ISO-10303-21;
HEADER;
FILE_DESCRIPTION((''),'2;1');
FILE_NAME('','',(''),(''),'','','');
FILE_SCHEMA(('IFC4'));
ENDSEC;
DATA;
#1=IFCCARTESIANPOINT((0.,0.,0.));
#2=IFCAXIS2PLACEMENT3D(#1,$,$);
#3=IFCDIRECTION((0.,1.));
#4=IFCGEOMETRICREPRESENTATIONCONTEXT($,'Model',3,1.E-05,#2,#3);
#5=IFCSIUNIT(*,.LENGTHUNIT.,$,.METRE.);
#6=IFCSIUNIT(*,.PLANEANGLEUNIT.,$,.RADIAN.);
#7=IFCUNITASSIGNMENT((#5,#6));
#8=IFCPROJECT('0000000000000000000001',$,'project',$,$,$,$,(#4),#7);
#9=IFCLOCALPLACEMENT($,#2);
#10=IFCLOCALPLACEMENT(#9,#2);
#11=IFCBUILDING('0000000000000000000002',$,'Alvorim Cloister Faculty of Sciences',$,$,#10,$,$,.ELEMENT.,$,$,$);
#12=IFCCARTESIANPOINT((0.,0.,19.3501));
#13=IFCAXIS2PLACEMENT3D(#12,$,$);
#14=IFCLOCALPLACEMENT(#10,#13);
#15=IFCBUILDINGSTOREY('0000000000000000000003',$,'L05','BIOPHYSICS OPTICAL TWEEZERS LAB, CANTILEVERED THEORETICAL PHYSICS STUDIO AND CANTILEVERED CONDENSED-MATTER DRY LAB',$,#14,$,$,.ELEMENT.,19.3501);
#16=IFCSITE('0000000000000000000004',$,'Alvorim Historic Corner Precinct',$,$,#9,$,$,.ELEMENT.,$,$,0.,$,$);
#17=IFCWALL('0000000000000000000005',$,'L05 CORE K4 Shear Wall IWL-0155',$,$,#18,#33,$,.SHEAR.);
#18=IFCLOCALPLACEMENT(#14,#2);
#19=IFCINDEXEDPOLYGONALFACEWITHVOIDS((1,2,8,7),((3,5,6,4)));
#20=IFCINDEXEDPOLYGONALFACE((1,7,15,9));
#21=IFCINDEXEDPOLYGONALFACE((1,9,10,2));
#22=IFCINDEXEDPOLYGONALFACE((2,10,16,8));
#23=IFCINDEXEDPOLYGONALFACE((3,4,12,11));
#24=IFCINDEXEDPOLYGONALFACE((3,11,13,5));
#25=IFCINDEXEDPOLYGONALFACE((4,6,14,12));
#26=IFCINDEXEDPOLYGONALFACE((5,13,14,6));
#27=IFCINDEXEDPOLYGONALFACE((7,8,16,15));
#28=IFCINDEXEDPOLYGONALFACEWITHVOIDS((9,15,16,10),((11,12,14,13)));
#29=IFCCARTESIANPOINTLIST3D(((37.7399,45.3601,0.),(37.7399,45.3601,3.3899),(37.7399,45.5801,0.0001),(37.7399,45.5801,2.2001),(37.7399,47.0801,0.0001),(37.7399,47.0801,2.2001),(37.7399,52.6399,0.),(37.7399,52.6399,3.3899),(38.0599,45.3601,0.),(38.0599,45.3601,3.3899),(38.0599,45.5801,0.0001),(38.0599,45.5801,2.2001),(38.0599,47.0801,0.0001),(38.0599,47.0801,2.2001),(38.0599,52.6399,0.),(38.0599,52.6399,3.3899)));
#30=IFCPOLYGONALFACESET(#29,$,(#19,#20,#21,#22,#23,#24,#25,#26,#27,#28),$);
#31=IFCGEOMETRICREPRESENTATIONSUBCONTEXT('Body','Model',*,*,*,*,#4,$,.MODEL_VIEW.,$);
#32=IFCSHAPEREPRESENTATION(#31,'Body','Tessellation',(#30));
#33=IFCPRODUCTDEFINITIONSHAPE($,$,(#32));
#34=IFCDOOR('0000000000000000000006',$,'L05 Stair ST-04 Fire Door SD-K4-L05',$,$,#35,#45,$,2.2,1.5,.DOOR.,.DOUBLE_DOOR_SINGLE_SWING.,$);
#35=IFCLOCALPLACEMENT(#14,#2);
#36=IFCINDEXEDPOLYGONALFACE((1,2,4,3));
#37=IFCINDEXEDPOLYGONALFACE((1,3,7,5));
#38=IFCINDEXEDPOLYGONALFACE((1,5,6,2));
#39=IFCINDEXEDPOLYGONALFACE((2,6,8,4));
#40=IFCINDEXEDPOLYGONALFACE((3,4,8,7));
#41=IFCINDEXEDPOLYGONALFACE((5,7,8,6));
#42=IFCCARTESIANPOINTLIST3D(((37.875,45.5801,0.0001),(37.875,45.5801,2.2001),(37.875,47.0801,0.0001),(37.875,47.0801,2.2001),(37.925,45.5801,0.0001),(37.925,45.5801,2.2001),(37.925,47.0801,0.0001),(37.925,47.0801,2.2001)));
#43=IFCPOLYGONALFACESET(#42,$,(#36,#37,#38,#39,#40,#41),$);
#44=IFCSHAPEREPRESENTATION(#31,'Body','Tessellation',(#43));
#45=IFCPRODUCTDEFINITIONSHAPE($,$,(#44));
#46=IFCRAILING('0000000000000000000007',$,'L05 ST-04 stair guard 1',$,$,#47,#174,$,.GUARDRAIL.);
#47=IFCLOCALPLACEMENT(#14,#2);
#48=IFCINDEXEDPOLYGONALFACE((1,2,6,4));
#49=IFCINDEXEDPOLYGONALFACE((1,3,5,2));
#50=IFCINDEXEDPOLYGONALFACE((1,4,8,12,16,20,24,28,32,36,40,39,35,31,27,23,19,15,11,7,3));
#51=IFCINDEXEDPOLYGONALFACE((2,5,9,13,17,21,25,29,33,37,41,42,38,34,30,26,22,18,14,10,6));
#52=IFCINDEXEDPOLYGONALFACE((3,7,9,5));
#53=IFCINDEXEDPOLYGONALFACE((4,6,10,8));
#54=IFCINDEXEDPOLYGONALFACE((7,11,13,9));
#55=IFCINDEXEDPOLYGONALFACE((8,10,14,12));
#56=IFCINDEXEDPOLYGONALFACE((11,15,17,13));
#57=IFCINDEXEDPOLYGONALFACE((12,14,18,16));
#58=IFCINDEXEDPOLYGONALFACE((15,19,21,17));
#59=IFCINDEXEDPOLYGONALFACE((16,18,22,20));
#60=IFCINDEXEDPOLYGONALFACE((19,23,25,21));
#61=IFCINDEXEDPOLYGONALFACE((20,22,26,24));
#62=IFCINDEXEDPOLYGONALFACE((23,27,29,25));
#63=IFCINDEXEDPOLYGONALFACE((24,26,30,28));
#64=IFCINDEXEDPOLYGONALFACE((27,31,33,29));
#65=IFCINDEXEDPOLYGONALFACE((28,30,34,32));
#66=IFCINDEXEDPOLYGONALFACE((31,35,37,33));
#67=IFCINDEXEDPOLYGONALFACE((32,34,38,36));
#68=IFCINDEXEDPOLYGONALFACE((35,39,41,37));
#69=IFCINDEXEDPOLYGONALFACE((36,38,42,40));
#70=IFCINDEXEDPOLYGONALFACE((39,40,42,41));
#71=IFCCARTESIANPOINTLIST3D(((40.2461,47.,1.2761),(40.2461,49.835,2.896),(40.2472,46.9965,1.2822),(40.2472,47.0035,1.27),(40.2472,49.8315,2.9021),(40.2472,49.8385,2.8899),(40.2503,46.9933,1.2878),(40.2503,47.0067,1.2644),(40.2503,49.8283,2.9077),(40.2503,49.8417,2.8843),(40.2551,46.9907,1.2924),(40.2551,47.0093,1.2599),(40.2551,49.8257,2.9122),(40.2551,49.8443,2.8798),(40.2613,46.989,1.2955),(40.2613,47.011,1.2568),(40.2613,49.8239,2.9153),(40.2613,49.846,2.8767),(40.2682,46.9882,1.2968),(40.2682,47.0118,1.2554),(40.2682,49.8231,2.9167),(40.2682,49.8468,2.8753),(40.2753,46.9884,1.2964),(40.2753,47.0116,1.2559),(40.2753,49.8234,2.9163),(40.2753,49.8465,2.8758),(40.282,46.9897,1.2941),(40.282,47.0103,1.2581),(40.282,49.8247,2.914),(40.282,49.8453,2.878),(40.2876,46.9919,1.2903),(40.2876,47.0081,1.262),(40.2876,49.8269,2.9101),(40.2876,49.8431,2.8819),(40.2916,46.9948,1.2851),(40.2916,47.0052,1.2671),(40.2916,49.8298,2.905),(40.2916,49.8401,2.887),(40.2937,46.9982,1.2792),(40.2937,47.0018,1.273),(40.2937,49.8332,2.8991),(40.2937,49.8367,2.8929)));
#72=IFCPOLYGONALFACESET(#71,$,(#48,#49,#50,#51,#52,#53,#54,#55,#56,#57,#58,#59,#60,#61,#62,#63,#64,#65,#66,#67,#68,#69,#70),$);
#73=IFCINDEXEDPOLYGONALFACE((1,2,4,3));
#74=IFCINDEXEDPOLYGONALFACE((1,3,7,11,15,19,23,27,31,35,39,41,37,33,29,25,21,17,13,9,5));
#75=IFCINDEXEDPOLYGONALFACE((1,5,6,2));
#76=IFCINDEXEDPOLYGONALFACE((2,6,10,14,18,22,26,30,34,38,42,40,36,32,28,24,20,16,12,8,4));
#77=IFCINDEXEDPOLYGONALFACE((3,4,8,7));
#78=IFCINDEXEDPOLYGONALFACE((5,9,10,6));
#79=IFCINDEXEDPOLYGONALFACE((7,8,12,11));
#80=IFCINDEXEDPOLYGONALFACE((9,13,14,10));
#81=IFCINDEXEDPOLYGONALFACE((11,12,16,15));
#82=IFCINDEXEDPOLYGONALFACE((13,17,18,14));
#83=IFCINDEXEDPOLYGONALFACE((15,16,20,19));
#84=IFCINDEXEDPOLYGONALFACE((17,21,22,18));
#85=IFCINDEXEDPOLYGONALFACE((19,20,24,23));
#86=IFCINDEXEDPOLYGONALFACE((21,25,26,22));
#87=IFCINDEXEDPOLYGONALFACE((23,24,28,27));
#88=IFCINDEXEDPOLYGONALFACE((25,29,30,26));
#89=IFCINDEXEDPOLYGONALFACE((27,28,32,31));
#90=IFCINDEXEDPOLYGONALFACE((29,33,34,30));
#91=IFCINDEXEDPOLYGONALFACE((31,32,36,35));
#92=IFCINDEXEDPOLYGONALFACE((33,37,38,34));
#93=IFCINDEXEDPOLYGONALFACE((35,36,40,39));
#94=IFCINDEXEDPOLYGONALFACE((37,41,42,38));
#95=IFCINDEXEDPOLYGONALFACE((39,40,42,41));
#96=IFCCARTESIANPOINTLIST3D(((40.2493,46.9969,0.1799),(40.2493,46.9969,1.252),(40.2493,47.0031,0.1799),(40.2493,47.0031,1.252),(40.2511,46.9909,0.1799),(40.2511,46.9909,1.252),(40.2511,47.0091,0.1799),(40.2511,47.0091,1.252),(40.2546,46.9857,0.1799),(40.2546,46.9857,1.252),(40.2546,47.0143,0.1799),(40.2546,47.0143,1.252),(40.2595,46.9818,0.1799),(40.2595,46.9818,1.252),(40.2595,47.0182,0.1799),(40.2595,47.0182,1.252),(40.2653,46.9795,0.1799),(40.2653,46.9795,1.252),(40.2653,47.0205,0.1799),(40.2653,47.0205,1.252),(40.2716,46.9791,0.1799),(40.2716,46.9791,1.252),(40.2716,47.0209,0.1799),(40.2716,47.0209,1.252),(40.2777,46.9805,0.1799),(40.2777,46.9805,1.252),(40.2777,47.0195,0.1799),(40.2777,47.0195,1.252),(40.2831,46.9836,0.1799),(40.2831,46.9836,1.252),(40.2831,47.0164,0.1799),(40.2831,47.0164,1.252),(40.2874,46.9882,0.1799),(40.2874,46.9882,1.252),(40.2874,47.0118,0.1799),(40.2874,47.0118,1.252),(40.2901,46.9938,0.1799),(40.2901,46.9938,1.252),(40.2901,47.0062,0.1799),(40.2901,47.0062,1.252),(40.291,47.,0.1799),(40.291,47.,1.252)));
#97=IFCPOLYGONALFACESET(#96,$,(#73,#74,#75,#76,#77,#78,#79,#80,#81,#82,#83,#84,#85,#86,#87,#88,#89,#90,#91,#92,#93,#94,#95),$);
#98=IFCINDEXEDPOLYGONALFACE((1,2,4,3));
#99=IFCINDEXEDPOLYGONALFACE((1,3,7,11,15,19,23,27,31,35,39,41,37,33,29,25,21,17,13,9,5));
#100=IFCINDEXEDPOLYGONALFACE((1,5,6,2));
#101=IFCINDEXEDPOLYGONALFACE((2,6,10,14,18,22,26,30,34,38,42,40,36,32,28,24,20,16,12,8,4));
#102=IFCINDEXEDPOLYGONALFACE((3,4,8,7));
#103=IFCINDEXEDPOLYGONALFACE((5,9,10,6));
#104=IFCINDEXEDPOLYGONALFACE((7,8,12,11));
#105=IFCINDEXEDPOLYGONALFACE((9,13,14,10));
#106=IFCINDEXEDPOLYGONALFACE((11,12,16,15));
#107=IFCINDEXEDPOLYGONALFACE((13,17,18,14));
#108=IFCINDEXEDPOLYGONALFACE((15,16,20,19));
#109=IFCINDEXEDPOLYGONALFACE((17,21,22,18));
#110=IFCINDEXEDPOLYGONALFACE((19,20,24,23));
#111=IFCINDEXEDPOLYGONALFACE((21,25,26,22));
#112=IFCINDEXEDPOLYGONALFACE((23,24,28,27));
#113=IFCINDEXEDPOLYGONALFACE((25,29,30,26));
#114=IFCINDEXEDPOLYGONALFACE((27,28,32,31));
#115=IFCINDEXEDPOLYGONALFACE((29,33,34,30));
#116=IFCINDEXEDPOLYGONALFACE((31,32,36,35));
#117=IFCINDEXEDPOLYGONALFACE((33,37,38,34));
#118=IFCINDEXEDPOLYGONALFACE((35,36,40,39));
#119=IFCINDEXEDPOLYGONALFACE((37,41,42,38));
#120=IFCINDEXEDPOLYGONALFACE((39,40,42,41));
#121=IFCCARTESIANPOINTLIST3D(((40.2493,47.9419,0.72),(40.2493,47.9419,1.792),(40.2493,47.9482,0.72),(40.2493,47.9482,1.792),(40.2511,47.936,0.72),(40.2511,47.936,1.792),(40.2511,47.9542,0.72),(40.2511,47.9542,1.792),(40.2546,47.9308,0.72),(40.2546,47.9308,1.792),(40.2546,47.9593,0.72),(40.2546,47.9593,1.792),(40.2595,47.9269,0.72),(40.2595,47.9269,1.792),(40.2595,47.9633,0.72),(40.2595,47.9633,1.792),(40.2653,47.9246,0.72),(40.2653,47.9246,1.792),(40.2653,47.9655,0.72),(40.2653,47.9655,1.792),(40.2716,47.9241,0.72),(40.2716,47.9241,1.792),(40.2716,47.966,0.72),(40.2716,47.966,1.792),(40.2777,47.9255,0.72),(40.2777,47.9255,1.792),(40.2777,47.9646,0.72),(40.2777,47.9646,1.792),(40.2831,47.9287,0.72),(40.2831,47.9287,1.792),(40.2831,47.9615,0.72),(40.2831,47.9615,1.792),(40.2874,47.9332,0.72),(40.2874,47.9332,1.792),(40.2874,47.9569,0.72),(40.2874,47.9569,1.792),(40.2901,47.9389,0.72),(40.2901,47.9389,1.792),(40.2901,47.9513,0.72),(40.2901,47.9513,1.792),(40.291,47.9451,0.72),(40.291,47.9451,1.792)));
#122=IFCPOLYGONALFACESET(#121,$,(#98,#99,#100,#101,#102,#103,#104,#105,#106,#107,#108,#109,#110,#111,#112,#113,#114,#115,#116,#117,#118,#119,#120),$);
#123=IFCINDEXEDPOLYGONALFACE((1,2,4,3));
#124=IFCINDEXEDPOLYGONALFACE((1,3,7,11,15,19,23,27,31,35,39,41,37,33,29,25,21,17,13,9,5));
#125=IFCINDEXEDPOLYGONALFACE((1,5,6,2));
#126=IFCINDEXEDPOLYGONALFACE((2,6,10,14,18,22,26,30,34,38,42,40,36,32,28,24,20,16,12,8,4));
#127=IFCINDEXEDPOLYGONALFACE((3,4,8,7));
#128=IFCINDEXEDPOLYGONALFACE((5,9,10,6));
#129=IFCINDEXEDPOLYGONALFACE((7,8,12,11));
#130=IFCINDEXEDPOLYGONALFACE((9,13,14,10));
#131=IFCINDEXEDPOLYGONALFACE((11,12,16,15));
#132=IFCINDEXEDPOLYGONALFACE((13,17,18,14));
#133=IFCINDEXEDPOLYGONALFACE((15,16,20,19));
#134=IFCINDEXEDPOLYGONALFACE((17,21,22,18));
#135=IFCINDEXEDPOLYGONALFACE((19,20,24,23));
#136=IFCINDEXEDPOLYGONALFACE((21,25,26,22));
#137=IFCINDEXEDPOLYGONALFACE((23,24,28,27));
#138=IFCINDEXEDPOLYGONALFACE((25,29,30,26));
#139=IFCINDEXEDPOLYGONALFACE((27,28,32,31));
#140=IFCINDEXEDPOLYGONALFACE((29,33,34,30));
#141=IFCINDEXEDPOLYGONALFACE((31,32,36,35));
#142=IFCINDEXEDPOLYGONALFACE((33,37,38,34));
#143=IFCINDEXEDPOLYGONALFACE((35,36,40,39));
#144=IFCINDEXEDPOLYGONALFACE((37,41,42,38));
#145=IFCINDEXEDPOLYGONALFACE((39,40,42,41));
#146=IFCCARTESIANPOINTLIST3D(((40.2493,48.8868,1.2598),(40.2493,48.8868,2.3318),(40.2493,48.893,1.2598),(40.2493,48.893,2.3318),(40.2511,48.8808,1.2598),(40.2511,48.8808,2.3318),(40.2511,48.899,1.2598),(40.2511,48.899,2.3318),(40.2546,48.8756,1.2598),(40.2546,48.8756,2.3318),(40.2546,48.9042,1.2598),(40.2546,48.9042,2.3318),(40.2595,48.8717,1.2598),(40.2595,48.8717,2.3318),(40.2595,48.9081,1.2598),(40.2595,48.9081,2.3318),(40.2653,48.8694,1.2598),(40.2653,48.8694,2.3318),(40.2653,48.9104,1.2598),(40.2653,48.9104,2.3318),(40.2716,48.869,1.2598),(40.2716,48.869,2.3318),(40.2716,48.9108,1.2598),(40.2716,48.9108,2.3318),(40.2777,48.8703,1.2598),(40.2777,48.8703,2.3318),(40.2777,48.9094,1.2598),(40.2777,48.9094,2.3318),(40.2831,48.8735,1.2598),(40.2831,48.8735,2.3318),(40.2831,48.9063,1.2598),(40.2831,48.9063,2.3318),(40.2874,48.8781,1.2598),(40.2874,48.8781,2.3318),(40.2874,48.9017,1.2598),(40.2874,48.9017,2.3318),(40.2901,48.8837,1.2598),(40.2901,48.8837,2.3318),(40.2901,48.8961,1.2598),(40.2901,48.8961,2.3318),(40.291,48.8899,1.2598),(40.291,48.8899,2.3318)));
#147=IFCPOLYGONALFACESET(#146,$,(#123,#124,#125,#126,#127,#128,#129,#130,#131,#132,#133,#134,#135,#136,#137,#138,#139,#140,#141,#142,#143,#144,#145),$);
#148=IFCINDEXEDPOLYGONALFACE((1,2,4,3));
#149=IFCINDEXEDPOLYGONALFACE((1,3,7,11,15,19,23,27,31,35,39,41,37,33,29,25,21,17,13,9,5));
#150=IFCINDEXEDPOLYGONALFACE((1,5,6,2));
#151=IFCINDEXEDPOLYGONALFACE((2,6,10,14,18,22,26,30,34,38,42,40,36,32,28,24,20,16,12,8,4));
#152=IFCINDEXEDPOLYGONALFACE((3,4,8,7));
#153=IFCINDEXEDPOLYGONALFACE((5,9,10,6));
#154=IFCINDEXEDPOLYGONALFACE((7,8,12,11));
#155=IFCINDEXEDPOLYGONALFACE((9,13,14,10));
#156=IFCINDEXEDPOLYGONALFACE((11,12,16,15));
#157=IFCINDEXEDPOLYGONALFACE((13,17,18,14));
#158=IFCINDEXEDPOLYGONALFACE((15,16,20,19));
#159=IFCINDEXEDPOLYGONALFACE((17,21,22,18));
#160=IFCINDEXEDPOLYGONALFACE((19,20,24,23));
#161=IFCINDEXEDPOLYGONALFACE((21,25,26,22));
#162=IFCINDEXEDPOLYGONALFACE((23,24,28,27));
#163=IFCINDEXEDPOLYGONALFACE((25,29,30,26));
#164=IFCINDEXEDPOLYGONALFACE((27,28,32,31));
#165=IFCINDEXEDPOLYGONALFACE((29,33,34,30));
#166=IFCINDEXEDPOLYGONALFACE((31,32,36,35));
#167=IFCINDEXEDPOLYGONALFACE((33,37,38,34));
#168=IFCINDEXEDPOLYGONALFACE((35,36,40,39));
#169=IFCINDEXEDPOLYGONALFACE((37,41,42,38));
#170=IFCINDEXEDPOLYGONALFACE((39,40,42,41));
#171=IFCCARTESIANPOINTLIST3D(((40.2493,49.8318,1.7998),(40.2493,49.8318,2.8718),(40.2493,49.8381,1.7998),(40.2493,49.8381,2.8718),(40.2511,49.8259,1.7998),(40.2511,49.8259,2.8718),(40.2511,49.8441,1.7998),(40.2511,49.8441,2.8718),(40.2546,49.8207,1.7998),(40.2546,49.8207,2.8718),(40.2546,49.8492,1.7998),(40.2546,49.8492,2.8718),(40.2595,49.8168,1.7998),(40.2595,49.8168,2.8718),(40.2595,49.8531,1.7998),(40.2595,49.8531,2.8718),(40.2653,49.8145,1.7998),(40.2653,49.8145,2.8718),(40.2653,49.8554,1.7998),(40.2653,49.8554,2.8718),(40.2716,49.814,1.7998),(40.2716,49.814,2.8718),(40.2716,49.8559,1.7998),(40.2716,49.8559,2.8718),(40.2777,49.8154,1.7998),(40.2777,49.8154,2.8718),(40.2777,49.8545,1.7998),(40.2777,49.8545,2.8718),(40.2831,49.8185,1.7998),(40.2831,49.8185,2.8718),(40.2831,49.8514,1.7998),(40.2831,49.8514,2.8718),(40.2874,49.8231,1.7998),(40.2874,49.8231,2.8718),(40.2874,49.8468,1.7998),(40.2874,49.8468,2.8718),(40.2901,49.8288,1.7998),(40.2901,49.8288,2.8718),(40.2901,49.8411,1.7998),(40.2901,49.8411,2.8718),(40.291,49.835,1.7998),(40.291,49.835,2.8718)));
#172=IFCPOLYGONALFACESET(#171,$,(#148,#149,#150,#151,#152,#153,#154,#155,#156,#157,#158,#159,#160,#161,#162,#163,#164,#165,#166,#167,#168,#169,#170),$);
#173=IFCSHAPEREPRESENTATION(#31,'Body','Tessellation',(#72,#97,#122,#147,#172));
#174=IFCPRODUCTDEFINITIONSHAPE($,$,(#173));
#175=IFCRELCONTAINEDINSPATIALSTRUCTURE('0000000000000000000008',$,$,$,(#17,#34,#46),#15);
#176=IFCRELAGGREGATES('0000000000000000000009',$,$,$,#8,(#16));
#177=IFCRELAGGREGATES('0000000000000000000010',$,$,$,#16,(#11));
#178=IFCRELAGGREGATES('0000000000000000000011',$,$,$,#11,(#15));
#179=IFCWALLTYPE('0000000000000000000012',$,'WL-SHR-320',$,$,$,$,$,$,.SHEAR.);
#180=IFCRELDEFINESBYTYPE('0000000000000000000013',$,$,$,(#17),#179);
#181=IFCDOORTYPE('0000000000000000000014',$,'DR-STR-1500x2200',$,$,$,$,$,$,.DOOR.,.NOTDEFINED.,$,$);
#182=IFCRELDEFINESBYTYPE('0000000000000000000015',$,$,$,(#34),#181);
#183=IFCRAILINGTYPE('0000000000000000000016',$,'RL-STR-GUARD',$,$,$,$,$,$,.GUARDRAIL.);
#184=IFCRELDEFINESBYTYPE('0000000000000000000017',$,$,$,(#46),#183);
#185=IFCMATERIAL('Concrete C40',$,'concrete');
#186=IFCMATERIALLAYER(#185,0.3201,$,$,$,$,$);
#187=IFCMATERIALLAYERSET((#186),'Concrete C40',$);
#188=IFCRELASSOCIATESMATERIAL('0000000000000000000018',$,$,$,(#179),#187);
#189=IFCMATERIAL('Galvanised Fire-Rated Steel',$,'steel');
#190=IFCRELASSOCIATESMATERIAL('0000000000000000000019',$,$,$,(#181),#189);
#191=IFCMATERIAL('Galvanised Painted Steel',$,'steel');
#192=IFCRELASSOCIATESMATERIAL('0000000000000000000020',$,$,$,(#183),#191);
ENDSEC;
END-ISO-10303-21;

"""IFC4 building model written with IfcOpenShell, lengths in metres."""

from ifc_helpers import new_model, si_unit, direction, frame, frame_2d, origin, origin_2d, place, context, subcontext, project, spatial, rectangle, circle, extrude, material, layer, layer_set, type_object, element, fill, save


model = new_model("IFC4")

# Units and contexts
model_context = context("Model", 3, precision=1e-05, world=origin(), true_north=direction((0.0, 1.0)))
body_context = subcontext(model_context, "Body", "Model", "MODEL_VIEW")
ifc_project = project(units=[si_unit("LENGTHUNIT", "METRE"), si_unit("PLANEANGLEUNIT", "RADIAN")], contexts=[model_context])

# Site, building, storey
site_placement = place(None, origin())
site = spatial("IfcSite", under=ifc_project, at=site_placement, Name="Alvorim Historic Corner Precinct", CompositionType="ELEMENT", RefElevation=0.0)
building_placement = place(site_placement, origin())
building = spatial("IfcBuilding", under=site, at=building_placement, Name="Alvorim Cloister Faculty of Sciences", CompositionType="ELEMENT")
storey_placement = place(building_placement, frame((0.0, 0.0, 19.3501)))
storey = spatial("IfcBuildingStorey", under=building, at=storey_placement, Name="L05", Description="BIOPHYSICS OPTICAL TWEEZERS LAB, CANTILEVERED THEORETICAL PHYSICS STUDIO AND CANTILEVERED CONDENSED-MATTER DRY LAB", CompositionType="ELEMENT", Elevation=19.3501)

# Shared definitions
ifc_material_1 = material(Name="Concrete C40", Category="concrete")
ifc_layer_1 = layer(ifc_material_1, 0.3201)
ifc_layer_set_1 = layer_set([ifc_layer_1], Name="Concrete C40")
wall_type = type_object("IfcWallType", Name="WL-SHR-320", PredefinedType="SHEAR", material=ifc_layer_set_1)

# Wall, opening, door
wall_1_placement = place(storey_placement, frame((37.8999, 45.3601, 0.0), z_axis=(0.0, 0.0, 1.0), x_axis=(0.0, 1.0, 0.0)))
wall_1 = element("IfcWall", 1, at=wall_1_placement, inside=storey, type_object=wall_type, Name="L05 CORE K4 Shear Wall IWL-0155", PredefinedType="SHEAR", context=body_context, shape_type="SweptSolid", body=[
    extrude(rectangle(XDim=7.2798, YDim=0.3201, at=frame_2d((3.6399, 0.0))), origin(), (0.0, 0.0, 1.0), 3.3899),
])
opening_placement = place(wall_1_placement, frame((0.22, 0.0, 0.0)))
opening = element("IfcOpeningElement", 2, at=opening_placement, cuts=wall_1, PredefinedType="OPENING", context=body_context, shape_type="SweptSolid", body=[
    extrude(rectangle(XDim=1.5, YDim=2.2, at=frame_2d((0.75, 1.1001))), frame((0.0, 0.1719, 0.0), z_axis=(0.0, -1.0, 0.0), x_axis=(1.0, 0.0, 0.0)), (0.0, 0.0, 1.0), 0.344),
])
ifc_material_2 = material(Name="Galvanised Fire-Rated Steel", Category="steel")
door_type = type_object("IfcDoorType", Name="DR-STR-1500x2200", OperationType="NOTDEFINED", PredefinedType="DOOR", material=ifc_material_2)
door_placement = place(opening_placement, origin())
door = element("IfcDoor", 3, at=door_placement, inside=storey, type_object=door_type, Name="L05 Stair ST-04 Fire Door SD-K4-L05", OperationType="DOUBLE_DOOR_SINGLE_SWING", OverallHeight=2.2, OverallWidth=1.5, PredefinedType="DOOR", context=body_context, shape_type="SweptSolid", body=[
    extrude(rectangle(XDim=1.5, YDim=2.2, at=frame_2d((0.75, 1.1001))), frame((0.0, 0.0249, 0.0), z_axis=(0.0, -1.0, 0.0), x_axis=(1.0, 0.0, 0.0)), (0.0, 0.0, 1.0), 0.05),
])
fill(opening, door)

# Railing
ifc_material_3 = material(Name="Galvanised Painted Steel", Category="steel")
railing_type = type_object("IfcRailingType", Name="RL-STR-GUARD", PredefinedType="GUARDRAIL", material=ifc_material_3)
railing_1_placement = place(storey_placement, frame((40.27, 47.0, 0.1799)))
element("IfcRailing", 4, at=railing_1_placement, inside=storey, type_object=railing_type, Name="L05 ST-04 stair guard 1", PredefinedType="GUARDRAIL", context=body_context, shape_type="SweptSolid", body=[
    extrude(circle(Radius=0.0239, at=origin_2d()), frame((0.0, 0.0, 1.0962), z_axis=(0.0, 0.868257, 0.496115), x_axis=(-1.0, 0.0, 0.0)), (0.0, 0.0, 1.0), 3.2651),
    extrude(circle(Radius=0.021, at=origin_2d()), origin(), (0.0, 0.0, 1.0), 1.072),
    extrude(circle(Radius=0.021, at=origin_2d()), frame((0.0, 0.9451, 0.54)), (0.0, 0.0, 1.0), 1.072),
    extrude(circle(Radius=0.021, at=origin_2d()), frame((0.0, 1.8899, 1.0798)), (0.0, 0.0, 1.0), 1.072),
    extrude(circle(Radius=0.021, at=origin_2d()), frame((0.0, 2.835, 1.6199)), (0.0, 0.0, 1.0), 1.072),
])

save(model, "model.ifc")
